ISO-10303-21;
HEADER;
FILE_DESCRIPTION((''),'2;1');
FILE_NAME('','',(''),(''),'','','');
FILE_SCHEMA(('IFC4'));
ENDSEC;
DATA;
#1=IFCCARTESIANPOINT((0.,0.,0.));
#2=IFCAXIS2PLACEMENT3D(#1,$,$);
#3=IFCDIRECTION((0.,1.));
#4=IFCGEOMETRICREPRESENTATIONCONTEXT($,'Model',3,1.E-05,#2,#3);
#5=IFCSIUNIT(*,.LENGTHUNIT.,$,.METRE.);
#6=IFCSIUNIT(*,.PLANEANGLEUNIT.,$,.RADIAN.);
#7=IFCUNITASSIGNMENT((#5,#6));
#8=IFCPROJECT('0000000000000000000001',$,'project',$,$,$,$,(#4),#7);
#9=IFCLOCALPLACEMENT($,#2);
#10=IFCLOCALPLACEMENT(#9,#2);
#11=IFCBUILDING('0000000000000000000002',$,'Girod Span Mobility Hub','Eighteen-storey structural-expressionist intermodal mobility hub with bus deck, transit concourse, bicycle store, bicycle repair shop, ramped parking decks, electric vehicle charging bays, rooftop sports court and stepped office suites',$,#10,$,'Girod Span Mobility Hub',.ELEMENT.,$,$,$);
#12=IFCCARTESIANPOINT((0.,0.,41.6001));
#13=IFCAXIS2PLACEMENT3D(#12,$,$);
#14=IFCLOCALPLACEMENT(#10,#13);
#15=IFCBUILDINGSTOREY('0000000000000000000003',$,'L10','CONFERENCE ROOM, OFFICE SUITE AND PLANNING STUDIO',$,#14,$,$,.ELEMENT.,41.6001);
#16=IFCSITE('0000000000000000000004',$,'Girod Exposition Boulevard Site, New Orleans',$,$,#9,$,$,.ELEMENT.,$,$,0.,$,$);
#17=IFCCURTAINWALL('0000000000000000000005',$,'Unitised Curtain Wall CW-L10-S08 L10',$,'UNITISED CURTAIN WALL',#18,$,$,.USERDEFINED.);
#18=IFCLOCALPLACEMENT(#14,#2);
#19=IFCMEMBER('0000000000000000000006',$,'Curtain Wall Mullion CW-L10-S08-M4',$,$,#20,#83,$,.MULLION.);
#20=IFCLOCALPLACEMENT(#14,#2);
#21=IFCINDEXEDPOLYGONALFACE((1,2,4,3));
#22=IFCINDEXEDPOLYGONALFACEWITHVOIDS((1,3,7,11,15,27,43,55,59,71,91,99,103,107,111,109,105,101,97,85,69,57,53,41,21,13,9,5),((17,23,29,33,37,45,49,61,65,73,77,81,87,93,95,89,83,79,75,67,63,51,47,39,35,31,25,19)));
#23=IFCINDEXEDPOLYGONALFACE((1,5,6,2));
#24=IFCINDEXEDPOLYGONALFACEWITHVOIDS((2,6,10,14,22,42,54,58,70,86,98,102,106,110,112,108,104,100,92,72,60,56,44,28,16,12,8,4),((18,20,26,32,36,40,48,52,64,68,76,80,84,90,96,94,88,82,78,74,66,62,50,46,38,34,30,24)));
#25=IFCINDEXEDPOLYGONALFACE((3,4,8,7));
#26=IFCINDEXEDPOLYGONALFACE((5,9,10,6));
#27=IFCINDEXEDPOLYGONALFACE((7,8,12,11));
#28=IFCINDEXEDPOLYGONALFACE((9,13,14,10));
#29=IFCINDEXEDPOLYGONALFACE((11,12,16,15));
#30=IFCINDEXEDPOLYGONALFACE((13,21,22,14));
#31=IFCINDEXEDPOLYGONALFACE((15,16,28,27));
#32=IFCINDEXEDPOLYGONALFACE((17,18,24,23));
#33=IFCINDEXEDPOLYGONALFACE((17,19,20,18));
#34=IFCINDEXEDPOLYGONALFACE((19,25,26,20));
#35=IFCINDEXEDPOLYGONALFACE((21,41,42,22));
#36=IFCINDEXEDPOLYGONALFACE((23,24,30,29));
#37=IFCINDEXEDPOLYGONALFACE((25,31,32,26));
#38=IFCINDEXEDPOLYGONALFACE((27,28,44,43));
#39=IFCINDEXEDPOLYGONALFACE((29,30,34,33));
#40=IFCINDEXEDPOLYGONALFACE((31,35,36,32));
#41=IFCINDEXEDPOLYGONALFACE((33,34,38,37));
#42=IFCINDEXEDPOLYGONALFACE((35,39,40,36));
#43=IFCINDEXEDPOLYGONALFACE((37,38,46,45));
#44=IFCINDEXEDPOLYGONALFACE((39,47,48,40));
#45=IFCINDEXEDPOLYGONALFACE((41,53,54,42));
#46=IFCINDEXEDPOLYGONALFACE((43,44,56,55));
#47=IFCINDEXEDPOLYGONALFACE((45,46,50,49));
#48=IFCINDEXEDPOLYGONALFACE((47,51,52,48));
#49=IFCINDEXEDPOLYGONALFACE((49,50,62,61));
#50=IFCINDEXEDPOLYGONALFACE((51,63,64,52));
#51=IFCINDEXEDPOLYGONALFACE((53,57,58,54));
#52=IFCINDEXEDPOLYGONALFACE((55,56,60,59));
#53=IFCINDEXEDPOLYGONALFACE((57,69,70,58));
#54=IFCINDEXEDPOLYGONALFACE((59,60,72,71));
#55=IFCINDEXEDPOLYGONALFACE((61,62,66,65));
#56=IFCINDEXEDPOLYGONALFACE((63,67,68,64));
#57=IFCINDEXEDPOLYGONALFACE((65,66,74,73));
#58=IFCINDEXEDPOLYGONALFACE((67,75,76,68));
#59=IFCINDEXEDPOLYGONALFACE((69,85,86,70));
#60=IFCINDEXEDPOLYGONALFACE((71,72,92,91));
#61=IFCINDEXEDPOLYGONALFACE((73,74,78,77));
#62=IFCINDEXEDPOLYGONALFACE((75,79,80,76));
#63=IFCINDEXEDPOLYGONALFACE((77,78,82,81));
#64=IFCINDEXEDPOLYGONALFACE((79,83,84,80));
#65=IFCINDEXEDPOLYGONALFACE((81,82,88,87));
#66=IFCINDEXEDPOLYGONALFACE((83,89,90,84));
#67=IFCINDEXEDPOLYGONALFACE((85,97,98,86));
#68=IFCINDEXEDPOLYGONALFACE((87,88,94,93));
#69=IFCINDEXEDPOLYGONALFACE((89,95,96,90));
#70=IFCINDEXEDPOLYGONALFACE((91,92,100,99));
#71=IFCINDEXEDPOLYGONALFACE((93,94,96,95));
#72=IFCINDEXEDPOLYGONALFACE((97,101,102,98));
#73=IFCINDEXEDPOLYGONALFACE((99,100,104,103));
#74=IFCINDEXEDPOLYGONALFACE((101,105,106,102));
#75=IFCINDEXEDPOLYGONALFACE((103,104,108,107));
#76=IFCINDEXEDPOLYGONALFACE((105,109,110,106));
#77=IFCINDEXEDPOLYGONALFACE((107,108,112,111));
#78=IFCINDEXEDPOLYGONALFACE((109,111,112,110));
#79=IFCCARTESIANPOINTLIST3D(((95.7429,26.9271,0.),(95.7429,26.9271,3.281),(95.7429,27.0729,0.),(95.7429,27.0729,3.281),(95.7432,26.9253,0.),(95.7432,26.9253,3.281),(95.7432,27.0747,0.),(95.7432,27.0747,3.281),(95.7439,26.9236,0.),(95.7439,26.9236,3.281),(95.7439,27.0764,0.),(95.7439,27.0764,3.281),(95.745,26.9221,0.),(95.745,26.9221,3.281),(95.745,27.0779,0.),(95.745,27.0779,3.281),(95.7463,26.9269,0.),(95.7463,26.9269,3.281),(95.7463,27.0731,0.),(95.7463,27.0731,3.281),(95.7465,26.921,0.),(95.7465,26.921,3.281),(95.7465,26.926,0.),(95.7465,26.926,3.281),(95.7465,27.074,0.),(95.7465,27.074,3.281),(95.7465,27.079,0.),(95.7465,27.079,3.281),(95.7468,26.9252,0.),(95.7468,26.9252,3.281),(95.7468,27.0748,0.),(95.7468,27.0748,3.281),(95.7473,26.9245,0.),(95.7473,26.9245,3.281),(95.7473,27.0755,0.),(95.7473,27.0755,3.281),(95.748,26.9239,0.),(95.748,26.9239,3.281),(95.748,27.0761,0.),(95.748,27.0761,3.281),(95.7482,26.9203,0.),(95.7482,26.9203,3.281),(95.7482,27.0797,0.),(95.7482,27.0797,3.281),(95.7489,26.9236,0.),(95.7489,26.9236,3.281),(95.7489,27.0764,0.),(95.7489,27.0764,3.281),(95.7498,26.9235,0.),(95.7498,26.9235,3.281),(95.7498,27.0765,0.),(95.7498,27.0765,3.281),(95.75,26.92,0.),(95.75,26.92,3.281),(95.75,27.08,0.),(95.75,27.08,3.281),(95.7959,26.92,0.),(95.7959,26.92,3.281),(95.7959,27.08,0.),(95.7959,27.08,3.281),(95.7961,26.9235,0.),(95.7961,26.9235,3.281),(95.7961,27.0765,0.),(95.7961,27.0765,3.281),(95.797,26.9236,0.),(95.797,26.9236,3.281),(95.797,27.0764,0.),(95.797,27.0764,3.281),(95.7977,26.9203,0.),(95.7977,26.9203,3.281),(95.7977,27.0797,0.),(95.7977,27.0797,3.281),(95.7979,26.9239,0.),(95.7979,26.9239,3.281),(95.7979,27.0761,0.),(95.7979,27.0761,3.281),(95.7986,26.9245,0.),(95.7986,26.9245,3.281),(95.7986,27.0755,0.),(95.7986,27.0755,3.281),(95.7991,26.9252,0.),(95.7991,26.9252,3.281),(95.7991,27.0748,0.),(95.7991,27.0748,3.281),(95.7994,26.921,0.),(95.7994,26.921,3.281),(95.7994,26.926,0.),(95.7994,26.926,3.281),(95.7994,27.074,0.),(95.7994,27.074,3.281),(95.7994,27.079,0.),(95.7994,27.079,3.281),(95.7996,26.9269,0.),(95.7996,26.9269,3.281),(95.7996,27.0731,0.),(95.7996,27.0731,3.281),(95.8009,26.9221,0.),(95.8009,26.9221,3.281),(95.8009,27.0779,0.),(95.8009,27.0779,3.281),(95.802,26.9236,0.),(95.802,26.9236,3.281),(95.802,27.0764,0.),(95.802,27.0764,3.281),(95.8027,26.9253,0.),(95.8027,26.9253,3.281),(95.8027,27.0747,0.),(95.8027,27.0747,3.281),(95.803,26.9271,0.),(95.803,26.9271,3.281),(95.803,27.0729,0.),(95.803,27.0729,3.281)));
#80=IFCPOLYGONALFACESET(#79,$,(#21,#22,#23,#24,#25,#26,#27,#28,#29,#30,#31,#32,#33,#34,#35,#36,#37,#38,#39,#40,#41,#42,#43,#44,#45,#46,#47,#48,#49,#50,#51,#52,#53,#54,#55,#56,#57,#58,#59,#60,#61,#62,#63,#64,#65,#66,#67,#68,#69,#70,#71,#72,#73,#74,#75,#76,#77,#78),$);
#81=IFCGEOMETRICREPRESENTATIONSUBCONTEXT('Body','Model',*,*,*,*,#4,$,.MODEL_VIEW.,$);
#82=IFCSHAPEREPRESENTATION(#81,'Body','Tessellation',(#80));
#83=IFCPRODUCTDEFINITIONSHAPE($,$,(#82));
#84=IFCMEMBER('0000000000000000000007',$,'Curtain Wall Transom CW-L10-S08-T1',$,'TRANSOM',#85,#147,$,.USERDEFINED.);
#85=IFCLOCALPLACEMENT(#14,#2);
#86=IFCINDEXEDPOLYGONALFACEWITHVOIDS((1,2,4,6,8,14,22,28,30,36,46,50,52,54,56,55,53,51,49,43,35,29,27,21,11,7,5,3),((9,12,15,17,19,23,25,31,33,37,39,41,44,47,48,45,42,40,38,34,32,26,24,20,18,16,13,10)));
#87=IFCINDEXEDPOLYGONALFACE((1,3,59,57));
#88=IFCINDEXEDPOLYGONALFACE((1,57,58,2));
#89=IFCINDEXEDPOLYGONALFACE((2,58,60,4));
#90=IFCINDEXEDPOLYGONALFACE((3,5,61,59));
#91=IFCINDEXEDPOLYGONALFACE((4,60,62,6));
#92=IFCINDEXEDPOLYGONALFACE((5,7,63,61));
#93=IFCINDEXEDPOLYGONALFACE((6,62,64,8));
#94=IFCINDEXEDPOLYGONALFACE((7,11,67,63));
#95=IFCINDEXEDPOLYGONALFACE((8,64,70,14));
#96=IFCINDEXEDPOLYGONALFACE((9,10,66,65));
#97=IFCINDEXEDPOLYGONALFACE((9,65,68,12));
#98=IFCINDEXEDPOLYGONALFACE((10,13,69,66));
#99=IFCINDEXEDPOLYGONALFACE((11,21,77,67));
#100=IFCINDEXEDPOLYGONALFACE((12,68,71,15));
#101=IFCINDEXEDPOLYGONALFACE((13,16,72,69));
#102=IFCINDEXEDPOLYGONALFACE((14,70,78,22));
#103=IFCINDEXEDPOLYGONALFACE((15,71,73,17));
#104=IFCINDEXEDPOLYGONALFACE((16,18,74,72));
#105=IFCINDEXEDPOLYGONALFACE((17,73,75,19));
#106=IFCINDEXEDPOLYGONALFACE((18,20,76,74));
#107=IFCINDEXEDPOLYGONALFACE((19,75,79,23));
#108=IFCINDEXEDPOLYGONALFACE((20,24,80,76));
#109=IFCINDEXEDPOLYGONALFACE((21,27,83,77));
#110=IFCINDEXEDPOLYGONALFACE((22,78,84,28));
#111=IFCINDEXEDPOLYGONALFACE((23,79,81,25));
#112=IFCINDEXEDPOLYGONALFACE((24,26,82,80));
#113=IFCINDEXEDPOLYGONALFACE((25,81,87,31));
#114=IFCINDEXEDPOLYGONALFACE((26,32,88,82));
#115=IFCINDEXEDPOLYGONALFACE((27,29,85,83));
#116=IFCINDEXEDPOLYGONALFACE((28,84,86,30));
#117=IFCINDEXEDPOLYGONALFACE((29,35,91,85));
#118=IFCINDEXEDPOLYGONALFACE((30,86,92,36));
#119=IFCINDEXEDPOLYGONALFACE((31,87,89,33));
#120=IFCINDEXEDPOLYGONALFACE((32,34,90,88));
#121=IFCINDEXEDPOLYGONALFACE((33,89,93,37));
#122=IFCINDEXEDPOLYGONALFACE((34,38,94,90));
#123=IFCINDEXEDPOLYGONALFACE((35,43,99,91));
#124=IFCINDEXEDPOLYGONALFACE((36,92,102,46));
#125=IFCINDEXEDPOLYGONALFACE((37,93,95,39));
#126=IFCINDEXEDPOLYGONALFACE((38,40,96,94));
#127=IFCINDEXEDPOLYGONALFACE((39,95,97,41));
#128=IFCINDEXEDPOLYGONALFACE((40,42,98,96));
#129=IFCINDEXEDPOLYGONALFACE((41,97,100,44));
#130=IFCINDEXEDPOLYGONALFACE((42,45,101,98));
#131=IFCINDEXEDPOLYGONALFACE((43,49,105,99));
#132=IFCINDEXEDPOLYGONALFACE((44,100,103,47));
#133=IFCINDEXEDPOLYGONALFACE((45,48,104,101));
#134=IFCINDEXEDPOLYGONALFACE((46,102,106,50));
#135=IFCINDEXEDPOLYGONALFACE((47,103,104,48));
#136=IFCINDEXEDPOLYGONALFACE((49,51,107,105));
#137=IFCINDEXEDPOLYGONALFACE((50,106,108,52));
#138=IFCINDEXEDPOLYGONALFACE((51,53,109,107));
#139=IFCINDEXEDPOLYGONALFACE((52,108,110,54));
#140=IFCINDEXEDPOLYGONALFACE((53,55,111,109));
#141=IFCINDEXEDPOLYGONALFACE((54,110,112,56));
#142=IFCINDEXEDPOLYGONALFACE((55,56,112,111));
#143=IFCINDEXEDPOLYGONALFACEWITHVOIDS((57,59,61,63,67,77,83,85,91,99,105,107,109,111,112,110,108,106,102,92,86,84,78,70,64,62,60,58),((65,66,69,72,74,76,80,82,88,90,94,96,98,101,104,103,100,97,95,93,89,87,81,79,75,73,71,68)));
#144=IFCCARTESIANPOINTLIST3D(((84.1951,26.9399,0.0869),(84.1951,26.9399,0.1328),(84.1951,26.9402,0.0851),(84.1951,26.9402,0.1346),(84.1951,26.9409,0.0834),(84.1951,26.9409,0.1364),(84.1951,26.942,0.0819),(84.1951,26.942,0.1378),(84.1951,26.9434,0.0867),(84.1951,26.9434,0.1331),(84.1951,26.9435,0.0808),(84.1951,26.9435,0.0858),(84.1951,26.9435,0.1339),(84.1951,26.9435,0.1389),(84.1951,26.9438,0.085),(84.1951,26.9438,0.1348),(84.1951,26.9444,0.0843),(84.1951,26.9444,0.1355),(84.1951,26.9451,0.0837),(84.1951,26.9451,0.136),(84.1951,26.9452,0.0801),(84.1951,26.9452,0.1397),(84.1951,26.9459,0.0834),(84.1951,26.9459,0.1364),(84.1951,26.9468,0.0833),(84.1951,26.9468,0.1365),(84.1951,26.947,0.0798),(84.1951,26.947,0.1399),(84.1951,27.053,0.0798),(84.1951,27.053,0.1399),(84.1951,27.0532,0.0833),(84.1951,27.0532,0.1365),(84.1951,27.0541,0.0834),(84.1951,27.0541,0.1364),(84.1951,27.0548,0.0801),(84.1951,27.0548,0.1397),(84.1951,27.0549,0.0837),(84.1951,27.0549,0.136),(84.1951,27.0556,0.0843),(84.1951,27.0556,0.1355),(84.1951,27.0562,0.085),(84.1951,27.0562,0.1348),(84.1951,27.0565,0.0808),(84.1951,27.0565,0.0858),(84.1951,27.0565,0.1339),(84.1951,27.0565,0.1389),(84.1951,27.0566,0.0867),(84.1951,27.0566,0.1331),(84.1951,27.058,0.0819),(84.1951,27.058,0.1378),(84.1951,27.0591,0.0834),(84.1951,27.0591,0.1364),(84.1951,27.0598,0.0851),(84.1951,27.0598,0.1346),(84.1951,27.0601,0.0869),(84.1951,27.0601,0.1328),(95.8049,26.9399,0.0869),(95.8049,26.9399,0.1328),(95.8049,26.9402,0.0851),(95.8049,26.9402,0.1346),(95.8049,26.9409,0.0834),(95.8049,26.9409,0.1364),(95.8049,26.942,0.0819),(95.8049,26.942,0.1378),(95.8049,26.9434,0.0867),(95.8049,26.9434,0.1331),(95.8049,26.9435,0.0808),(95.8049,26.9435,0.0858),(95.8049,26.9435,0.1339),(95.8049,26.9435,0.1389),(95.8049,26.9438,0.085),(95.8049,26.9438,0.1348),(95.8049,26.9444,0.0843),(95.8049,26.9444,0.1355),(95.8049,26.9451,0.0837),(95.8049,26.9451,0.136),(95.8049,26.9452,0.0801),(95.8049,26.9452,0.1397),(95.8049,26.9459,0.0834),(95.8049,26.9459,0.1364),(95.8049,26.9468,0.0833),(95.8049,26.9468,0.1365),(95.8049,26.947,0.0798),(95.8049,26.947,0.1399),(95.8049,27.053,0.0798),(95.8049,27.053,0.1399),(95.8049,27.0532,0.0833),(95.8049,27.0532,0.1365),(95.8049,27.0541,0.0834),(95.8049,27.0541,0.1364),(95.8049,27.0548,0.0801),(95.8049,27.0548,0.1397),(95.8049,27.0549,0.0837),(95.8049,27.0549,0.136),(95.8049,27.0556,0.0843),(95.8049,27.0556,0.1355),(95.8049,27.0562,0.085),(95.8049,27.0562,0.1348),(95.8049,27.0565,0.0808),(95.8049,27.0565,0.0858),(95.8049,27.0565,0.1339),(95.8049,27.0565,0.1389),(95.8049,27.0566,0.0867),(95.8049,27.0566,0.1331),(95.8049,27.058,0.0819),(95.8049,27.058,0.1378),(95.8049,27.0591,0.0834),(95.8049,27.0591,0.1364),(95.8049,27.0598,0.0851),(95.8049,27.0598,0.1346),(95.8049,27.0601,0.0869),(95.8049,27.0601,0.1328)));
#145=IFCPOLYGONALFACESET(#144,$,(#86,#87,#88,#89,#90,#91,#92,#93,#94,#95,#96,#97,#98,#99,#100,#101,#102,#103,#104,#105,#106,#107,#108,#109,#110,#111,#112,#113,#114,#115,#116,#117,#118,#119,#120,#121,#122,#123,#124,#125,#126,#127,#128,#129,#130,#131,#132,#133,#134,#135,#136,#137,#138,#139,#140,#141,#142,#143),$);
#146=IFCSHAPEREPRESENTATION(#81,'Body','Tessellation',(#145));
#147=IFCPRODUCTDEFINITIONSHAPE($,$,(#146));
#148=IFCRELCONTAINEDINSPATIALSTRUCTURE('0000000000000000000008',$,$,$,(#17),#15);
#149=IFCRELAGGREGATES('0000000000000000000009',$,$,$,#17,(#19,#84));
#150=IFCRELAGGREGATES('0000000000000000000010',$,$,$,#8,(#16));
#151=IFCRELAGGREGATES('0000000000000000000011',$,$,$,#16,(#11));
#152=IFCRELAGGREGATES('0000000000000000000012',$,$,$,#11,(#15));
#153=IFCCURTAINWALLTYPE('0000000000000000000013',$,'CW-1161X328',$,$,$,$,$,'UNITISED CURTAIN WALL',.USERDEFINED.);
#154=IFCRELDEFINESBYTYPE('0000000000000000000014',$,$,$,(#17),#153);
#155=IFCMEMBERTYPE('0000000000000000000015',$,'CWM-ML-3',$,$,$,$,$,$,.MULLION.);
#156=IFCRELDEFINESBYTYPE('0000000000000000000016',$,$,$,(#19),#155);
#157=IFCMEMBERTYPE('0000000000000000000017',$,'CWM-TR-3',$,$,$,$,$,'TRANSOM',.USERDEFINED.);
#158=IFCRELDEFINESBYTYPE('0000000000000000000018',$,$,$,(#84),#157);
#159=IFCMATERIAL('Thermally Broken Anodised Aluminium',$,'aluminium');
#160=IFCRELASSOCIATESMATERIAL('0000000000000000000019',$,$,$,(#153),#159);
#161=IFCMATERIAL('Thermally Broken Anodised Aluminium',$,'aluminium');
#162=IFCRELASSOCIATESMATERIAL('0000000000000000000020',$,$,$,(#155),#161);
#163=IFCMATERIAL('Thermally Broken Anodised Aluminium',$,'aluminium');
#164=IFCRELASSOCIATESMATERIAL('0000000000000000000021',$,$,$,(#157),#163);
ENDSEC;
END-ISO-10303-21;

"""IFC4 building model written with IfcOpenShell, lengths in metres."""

from ifc_helpers import new_model, si_unit, direction, frame, origin, origin_2d, place, context, subcontext, project, spatial, hollow_rectangle, extrude, material, material_profile, profile_set, type_object, element, aggregate, save


model = new_model("IFC4")

# Units and contexts
model_context = context("Model", 3, precision=1e-05, world=origin(), true_north=direction((0.0, 1.0)))
body_context = subcontext(model_context, "Body", "Model", "MODEL_VIEW")
ifc_project = project(units=[si_unit("LENGTHUNIT", "METRE"), si_unit("PLANEANGLEUNIT", "RADIAN")], contexts=[model_context])

# Site, building, storey
site_placement = place(None, origin())
site = spatial("IfcSite", under=ifc_project, at=site_placement, Name="Girod Exposition Boulevard Site, New Orleans", CompositionType="ELEMENT", RefElevation=0.0)
building_placement = place(site_placement, origin())
building = spatial("IfcBuilding", under=site, at=building_placement, Name="Girod Span Mobility Hub", Description="Eighteen-storey structural-expressionist intermodal mobility hub with bus deck, transit concourse, bicycle store, bicycle repair shop, ramped parking decks, electric vehicle charging bays, rooftop sports court and stepped office suites", LongName="Girod Span Mobility Hub", CompositionType="ELEMENT")
storey_placement = place(building_placement, frame((0.0, 0.0, 41.6001)))
storey = spatial("IfcBuildingStorey", under=building, at=storey_placement, Name="L10", Description="CONFERENCE ROOM, OFFICE SUITE AND PLANNING STUDIO", CompositionType="ELEMENT", Elevation=41.6001)

# Curtain wall, members
ifc_material_1 = material(Name="Thermally Broken Anodised Aluminium", Category="aluminium")
curtain_wall_type = type_object("IfcCurtainWallType", Name="CW-1161X328", ElementType="UNITISED CURTAIN WALL", PredefinedType="USERDEFINED", material=ifc_material_1)
curtain_wall_placement = place(storey_placement, origin())
curtain_wall = element("IfcCurtainWall", 1, at=curtain_wall_placement, inside=storey, type_object=curtain_wall_type, Name="Unitised Curtain Wall CW-L10-S08 L10", ObjectType="UNITISED CURTAIN WALL", PredefinedType="USERDEFINED")
ifc_material_2 = material(Name="Thermally Broken Anodised Aluminium", Category="aluminium")
ifc_material_profile_1 = material_profile(ifc_material_2, hollow_rectangle(XDim=0.1599, YDim=0.0601, WallThickness=0.0034, InnerFilletRadius=0.0034, OuterFilletRadius=0.0071, at=origin_2d()), Name="CW-ML-60X160")
ifc_profile_set_1 = profile_set([ifc_material_profile_1], Name="Thermally Broken Anodised Aluminium")
member_type_1 = type_object("IfcMemberType", Name="CWM-ML-3", PredefinedType="MULLION", material=ifc_profile_set_1)
member_1_placement = place(storey_placement, frame((95.7729, 27.0, 0.0), z_axis=(0.0, 0.0, 1.0), x_axis=(0.0, 1.0, 0.0)))
member_1 = element("IfcMember", 2, at=member_1_placement, type_object=member_type_1, Name="Curtain Wall Mullion CW-L10-S08-M4", PredefinedType="MULLION", context=body_context, shape_type="SweptSolid", body=[
    extrude(hollow_rectangle(XDim=0.1599, YDim=0.0601, WallThickness=0.0034, InnerFilletRadius=0.0034, OuterFilletRadius=0.0071, at=origin_2d()), origin(), (0.0, 0.0, 1.0), 3.281),
])
ifc_material_3 = material(Name="Thermally Broken Anodised Aluminium", Category="aluminium")
ifc_material_profile_2 = material_profile(ifc_material_3, hollow_rectangle(XDim=0.1201, YDim=0.0601, WallThickness=0.0034, InnerFilletRadius=0.0034, OuterFilletRadius=0.0071, at=origin_2d()), Name="CW-TR-60X120")
ifc_profile_set_2 = profile_set([ifc_material_profile_2], Name="Thermally Broken Anodised Aluminium")
member_type_2 = type_object("IfcMemberType", Name="CWM-TR-3", ElementType="TRANSOM", PredefinedType="USERDEFINED", material=ifc_profile_set_2)
member_2_placement = place(storey_placement, frame((84.1951, 27.0, 0.1099), z_axis=(1.0, 0.0, 0.0), x_axis=(0.0, 1.0, 0.0)))
member_2 = element("IfcMember", 3, at=member_2_placement, type_object=member_type_2, Name="Curtain Wall Transom CW-L10-S08-T1", ObjectType="TRANSOM", PredefinedType="USERDEFINED", context=body_context, shape_type="SweptSolid", body=[
    extrude(hollow_rectangle(XDim=0.1201, YDim=0.0601, WallThickness=0.0034, InnerFilletRadius=0.0034, OuterFilletRadius=0.0071, at=origin_2d()), origin(), (0.0, 0.0, 1.0), 11.6099),
])

aggregate(curtain_wall, [member_1, member_2])

save(model, "model.ifc")
